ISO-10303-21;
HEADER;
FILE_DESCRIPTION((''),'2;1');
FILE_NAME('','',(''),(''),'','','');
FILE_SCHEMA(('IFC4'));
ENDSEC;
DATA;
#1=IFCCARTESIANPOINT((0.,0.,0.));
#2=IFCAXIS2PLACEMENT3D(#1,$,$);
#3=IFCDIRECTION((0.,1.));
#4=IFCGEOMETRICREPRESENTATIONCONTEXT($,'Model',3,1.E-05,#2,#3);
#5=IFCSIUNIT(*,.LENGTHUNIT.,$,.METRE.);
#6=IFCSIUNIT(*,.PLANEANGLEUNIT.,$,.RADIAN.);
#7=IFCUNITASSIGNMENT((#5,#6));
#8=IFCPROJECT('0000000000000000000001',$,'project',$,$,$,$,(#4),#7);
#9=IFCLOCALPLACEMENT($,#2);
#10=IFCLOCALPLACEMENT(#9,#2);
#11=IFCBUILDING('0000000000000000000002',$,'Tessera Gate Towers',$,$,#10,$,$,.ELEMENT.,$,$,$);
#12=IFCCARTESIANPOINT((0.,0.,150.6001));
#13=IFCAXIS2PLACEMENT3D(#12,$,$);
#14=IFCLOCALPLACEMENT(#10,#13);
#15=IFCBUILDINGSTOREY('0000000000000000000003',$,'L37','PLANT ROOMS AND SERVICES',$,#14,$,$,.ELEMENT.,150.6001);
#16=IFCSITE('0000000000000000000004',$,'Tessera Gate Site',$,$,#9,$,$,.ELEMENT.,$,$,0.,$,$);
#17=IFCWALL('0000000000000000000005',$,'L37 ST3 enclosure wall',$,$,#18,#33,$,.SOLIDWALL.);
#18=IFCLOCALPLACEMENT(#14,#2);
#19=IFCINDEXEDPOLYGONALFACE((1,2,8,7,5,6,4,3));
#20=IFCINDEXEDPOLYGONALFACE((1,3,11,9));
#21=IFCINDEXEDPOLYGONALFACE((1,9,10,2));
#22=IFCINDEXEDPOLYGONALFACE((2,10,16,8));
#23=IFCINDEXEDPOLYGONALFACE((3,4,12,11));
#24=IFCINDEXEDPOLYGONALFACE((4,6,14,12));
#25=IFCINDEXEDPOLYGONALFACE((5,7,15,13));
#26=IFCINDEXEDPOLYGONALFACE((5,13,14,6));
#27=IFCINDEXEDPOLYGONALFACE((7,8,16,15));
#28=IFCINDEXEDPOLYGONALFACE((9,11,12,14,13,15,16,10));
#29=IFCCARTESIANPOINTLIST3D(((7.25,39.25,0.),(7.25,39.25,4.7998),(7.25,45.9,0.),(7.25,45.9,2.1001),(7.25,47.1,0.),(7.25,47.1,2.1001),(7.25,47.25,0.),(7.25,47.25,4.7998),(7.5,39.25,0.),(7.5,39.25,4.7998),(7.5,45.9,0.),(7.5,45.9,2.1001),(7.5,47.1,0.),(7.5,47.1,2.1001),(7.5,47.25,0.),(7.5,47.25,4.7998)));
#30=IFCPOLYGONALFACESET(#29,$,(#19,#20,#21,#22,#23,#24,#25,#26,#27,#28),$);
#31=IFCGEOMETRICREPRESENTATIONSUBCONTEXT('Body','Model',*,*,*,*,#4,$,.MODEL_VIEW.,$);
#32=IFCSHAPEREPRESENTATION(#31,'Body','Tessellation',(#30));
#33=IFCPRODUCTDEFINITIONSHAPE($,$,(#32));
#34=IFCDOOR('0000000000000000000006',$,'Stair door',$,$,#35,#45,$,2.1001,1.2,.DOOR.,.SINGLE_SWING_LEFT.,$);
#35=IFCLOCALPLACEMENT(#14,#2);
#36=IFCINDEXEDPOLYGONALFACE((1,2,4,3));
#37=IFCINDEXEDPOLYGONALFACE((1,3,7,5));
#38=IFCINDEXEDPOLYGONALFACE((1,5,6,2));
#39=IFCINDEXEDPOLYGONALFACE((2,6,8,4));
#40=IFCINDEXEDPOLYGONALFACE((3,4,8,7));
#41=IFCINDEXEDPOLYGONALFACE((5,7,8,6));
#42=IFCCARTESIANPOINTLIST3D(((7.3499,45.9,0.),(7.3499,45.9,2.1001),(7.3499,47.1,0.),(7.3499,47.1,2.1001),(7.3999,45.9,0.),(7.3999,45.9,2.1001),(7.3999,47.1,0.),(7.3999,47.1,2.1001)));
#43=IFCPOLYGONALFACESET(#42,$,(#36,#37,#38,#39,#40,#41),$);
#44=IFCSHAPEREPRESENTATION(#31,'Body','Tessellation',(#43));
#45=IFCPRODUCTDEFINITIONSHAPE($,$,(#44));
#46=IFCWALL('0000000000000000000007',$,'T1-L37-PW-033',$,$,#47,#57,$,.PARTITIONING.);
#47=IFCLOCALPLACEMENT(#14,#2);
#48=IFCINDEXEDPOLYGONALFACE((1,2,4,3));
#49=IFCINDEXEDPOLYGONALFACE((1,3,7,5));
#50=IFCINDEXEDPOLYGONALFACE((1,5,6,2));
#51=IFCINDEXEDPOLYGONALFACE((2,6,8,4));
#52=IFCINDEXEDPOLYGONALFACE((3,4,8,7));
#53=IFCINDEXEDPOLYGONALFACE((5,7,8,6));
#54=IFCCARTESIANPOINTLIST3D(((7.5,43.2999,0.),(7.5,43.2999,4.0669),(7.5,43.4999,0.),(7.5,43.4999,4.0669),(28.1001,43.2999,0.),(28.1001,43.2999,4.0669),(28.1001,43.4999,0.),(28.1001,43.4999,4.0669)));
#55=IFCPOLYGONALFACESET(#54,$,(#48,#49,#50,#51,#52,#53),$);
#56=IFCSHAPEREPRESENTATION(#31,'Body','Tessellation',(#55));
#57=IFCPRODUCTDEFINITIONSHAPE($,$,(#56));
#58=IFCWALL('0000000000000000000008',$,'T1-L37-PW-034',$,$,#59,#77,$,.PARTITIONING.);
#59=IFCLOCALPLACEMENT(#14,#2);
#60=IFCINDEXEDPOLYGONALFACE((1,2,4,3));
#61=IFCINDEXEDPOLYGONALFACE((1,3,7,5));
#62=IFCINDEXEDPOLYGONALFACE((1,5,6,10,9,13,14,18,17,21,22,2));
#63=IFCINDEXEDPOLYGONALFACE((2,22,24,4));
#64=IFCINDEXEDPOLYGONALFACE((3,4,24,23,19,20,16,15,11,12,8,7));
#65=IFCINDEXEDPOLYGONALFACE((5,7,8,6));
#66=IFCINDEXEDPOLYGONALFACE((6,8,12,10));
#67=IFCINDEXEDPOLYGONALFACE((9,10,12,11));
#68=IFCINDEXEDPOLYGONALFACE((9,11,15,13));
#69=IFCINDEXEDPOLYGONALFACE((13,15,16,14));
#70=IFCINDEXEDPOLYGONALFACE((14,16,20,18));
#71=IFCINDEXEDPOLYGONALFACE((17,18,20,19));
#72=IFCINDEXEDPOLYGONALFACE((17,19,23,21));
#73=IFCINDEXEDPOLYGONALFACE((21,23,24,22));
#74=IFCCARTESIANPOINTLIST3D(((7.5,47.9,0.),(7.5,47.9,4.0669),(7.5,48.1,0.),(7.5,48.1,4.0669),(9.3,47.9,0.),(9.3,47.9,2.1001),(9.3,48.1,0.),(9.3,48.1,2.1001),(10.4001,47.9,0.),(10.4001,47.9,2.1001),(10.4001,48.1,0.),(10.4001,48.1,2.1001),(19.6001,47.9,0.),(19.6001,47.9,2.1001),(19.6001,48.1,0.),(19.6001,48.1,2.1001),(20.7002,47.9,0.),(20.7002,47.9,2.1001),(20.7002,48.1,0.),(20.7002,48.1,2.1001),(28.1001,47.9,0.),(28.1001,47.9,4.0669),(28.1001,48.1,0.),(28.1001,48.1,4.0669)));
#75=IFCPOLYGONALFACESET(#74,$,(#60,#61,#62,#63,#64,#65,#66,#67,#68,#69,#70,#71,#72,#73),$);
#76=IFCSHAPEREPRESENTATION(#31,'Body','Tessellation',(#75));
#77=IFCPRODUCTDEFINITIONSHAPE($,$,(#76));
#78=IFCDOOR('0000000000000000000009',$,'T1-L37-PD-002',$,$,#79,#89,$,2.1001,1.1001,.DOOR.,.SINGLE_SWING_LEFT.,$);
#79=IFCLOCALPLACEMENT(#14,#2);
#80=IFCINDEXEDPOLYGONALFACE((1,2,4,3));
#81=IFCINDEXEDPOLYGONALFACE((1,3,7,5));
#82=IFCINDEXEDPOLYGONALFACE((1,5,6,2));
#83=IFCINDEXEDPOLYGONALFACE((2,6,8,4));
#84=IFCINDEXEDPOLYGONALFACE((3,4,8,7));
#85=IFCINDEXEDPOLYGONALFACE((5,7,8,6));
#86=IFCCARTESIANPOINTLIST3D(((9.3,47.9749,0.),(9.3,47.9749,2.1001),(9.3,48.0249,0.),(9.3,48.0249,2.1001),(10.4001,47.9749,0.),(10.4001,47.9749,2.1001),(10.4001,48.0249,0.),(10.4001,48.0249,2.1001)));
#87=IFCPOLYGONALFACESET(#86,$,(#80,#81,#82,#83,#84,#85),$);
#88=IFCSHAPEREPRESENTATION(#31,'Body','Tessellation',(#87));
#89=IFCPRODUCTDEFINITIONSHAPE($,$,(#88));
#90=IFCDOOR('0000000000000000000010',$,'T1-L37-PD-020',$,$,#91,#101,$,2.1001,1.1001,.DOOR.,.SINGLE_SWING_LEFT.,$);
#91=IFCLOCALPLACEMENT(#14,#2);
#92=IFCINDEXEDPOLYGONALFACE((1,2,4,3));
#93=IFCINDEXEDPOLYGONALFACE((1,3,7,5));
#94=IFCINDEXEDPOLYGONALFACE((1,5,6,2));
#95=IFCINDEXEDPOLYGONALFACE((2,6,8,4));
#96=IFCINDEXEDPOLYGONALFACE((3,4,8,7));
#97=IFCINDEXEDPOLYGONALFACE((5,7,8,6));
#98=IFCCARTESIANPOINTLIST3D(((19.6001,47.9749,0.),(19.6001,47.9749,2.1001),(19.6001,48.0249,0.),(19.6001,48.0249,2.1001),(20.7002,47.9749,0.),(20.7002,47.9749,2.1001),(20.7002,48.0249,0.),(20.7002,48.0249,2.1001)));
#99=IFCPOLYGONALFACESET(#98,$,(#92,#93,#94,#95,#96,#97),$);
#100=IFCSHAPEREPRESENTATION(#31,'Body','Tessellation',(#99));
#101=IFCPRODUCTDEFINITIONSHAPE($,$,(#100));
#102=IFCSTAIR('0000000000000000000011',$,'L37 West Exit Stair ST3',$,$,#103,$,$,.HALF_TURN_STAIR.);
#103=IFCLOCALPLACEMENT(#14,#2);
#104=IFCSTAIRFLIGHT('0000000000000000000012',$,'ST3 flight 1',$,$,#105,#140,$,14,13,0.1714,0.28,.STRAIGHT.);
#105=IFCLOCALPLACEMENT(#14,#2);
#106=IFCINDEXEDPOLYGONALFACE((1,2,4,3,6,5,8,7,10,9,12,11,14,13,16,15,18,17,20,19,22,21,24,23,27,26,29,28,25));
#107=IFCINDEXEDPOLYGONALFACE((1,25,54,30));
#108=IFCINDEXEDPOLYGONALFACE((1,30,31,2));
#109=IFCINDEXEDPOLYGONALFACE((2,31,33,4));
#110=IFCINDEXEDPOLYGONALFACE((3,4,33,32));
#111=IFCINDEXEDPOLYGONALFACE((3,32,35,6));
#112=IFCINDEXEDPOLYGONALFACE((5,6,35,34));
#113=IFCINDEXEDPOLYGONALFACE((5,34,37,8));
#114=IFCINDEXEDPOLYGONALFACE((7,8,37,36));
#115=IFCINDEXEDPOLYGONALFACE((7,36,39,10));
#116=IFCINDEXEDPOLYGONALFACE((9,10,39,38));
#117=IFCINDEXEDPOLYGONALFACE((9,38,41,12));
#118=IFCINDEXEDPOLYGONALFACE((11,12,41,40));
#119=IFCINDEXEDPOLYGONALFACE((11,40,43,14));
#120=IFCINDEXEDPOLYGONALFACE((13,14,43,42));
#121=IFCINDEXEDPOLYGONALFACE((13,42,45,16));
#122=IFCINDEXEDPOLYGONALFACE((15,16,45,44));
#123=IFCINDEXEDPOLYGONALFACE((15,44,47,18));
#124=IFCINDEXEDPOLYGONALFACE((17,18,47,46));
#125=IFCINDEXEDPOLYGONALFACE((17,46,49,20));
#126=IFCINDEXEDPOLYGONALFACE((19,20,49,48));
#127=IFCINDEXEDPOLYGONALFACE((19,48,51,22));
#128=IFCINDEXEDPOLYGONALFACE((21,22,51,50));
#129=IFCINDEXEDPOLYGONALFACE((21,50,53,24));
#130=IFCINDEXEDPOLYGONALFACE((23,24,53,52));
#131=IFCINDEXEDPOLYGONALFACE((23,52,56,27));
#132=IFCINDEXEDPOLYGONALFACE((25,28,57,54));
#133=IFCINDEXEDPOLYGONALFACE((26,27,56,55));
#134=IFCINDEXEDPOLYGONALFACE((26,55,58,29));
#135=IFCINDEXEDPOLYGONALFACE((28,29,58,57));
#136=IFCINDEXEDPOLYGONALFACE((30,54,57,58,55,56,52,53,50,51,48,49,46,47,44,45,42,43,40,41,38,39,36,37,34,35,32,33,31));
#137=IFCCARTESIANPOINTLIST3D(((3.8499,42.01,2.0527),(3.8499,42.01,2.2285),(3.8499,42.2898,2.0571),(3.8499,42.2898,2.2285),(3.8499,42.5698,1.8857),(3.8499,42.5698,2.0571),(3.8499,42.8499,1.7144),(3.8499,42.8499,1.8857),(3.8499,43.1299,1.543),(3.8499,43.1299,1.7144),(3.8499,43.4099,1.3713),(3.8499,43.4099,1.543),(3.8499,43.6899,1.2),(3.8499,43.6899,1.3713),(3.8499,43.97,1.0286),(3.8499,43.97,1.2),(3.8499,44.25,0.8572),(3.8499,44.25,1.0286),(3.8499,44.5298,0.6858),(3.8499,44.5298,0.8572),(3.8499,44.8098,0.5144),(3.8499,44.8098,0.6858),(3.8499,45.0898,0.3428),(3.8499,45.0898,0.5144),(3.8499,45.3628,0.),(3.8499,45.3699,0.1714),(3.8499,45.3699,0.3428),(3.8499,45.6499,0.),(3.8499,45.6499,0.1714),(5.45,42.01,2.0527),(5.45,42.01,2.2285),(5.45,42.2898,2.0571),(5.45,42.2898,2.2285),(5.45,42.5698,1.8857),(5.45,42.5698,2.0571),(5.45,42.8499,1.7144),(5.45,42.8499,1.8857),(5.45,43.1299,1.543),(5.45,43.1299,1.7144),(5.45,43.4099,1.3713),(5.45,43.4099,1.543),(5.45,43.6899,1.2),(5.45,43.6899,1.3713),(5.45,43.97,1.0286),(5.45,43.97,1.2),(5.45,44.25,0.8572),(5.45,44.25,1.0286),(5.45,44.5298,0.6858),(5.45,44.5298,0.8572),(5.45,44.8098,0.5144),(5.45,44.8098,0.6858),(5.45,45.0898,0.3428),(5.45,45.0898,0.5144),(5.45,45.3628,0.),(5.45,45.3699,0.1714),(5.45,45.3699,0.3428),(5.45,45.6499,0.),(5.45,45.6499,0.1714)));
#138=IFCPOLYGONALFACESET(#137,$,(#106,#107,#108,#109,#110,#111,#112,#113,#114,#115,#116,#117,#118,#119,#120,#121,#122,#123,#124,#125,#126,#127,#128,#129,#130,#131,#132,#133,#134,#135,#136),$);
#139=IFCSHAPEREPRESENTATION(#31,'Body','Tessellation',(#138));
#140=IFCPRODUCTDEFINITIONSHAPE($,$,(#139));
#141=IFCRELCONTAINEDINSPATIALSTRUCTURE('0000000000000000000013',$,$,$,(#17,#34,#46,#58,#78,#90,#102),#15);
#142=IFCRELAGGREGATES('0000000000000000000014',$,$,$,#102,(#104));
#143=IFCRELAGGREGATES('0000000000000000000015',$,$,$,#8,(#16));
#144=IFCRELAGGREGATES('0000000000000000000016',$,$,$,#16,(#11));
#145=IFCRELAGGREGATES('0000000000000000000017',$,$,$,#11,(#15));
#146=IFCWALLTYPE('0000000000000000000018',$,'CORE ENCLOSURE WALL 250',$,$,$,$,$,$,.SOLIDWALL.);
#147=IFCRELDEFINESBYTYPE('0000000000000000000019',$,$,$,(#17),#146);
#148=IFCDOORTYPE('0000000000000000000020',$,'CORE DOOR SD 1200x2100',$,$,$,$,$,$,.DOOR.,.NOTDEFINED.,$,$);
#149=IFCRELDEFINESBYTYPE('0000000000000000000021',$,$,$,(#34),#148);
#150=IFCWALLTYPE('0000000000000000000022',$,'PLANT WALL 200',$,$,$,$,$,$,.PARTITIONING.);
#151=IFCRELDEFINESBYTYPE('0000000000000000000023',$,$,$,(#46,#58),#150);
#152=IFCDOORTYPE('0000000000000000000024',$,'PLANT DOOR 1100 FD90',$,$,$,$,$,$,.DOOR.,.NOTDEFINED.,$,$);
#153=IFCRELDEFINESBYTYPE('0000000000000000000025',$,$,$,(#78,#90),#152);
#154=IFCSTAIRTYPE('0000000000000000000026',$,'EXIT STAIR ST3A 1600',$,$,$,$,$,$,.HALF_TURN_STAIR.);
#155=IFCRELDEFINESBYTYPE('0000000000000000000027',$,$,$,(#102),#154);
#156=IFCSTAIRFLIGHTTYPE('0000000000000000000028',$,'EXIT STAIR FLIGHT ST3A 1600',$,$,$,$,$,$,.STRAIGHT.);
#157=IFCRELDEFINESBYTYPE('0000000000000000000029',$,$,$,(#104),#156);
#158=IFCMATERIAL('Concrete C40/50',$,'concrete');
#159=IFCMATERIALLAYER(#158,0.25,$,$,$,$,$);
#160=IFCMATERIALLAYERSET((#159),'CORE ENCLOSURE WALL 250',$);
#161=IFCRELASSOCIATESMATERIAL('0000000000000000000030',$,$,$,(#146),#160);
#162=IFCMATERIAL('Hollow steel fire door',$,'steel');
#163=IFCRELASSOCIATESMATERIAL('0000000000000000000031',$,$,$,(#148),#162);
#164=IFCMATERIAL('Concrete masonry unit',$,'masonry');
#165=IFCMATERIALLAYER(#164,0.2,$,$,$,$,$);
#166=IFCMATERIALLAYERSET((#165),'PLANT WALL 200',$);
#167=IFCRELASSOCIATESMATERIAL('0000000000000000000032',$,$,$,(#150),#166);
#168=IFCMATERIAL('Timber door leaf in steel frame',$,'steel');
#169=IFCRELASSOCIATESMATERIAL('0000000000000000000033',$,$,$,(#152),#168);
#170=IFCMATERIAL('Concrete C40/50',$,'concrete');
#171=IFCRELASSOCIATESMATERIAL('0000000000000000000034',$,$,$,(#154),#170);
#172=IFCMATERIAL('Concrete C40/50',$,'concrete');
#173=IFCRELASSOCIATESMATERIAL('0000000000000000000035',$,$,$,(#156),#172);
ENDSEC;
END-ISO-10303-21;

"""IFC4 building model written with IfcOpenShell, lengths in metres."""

from ifc_helpers import new_model, si_unit, direction, frame, frame_2d, origin, place, context, subcontext, project, spatial, polyline, rectangle, outline, extrude, source, transform, mapped, material, layer, layer_set, type_object, element, fill, aggregate, save


model = new_model("IFC4")

# Units and contexts
model_context = context("Model", 3, precision=1e-05, world=origin(), true_north=direction((0.0, 1.0)))
body_context = subcontext(model_context, "Body", "Model", "MODEL_VIEW")
ifc_project = project(units=[si_unit("LENGTHUNIT", "METRE"), si_unit("PLANEANGLEUNIT", "RADIAN")], contexts=[model_context])

# Site, building, storey
site_placement = place(None, origin())
site = spatial("IfcSite", under=ifc_project, at=site_placement, Name="Tessera Gate Site", CompositionType="ELEMENT", RefElevation=0.0)
building_placement = place(site_placement, origin())
building = spatial("IfcBuilding", under=site, at=building_placement, Name="Tessera Gate Towers", CompositionType="ELEMENT")
storey_placement = place(building_placement, frame((0.0, 0.0, 150.6001)))
storey = spatial("IfcBuildingStorey", under=building, at=storey_placement, Name="L37", Description="PLANT ROOMS AND SERVICES", CompositionType="ELEMENT", Elevation=150.6001)

# Shared definitions
ifc_material_1 = material(Name="Concrete C40/50", Category="concrete")
ifc_layer_1 = layer(ifc_material_1, 0.25)
ifc_layer_set_1 = layer_set([ifc_layer_1], Name="CORE ENCLOSURE WALL 250")
wall_type_1 = type_object("IfcWallType", Name="CORE ENCLOSURE WALL 250", PredefinedType="SOLIDWALL", material=ifc_layer_set_1)

# Wall, opening, door
wall_1_placement = place(storey_placement, frame((7.375, 47.25, 0.0), z_axis=(0.0, 0.0, 1.0), x_axis=(0.0, -1.0, 0.0)))
wall_1 = element("IfcWall", 1, at=wall_1_placement, inside=storey, type_object=wall_type_1, Name="L37 ST3 enclosure wall", PredefinedType="SOLIDWALL", context=body_context, shape_type="SweptSolid", body=[
    extrude(rectangle(XDim=8.0, YDim=0.25, at=frame_2d((4.0, 0.0))), origin(), (0.0, 0.0, 1.0), 4.7998),
])
shared_shape_1 = source(origin(), body_context, "Body", "SweptSolid", [
    extrude(rectangle(XDim=1.2, YDim=2.1001, at=frame_2d((0.6001, 1.05))), frame((0.0, 0.135, 0.0), z_axis=(0.0, -1.0, 0.0), x_axis=(1.0, 0.0, 0.0)), (0.0, 0.0, 1.0), 0.27),
])
opening_1_placement = place(wall_1_placement, frame((0.1499, 0.0, 0.0)))
opening_1 = element("IfcOpeningElement", 2, at=opening_1_placement, cuts=wall_1, PredefinedType="OPENING", context=body_context, shape_type="MappedRepresentation", body=[
    mapped(shared_shape_1, transform((0.0, 0.0, 0.0), scale=1.0)),
])
ifc_material_2 = material(Name="Hollow steel fire door", Category="steel")
door_type_1 = type_object("IfcDoorType", Name="CORE DOOR SD 1200x2100", OperationType="NOTDEFINED", PredefinedType="DOOR", material=ifc_material_2)
shared_shape_2 = source(origin(), body_context, "Body", "SweptSolid", [
    extrude(rectangle(XDim=1.2, YDim=2.1001, at=frame_2d((0.6001, 1.05))), frame((0.0, 0.0249, 0.0), z_axis=(0.0, -1.0, 0.0), x_axis=(1.0, 0.0, 0.0)), (0.0, 0.0, 1.0), 0.05),
])
door_1_placement = place(opening_1_placement, origin())
door_1 = element("IfcDoor", 3, at=door_1_placement, inside=storey, type_object=door_type_1, Name="Stair door", OperationType="SINGLE_SWING_LEFT", OverallHeight=2.1001, OverallWidth=1.2, PredefinedType="DOOR", context=body_context, shape_type="MappedRepresentation", body=[
    mapped(shared_shape_2, transform((0.0, 0.0, 0.0), scale=1.0)),
])
fill(opening_1, door_1)

# Wall
ifc_material_3 = material(Name="Concrete masonry unit", Category="masonry")
ifc_layer_2 = layer(ifc_material_3, 0.2)
ifc_layer_set_2 = layer_set([ifc_layer_2], Name="PLANT WALL 200")
wall_type_2 = type_object("IfcWallType", Name="PLANT WALL 200", PredefinedType="PARTITIONING", material=ifc_layer_set_2)
wall_2_placement = place(storey_placement, frame((7.5, 43.3999, 0.0), z_axis=(0.0, 0.0, 1.0), x_axis=(1.0, 0.0, 0.0)))
element("IfcWall", 4, at=wall_2_placement, inside=storey, type_object=wall_type_2, Name="T1-L37-PW-033", PredefinedType="PARTITIONING", context=body_context, shape_type="SweptSolid", body=[
    extrude(rectangle(XDim=20.6001, YDim=0.2, at=frame_2d((10.3, 0.0))), origin(), (0.0, 0.0, 1.0), 4.0669),
])

# Wall, openings, doors
wall_3_placement = place(storey_placement, frame((7.5, 48.0, 0.0), z_axis=(0.0, 0.0, 1.0), x_axis=(1.0, 0.0, 0.0)))
wall_3 = element("IfcWall", 5, at=wall_3_placement, inside=storey, type_object=wall_type_2, Name="T1-L37-PW-034", PredefinedType="PARTITIONING", context=body_context, shape_type="SweptSolid", body=[
    extrude(rectangle(XDim=20.6001, YDim=0.2, at=frame_2d((10.3, 0.0))), origin(), (0.0, 0.0, 1.0), 4.0669),
])
shared_shape_3 = source(origin(), body_context, "Body", "SweptSolid", [
    extrude(rectangle(XDim=1.1001, YDim=2.1001, at=frame_2d((0.55, 1.05))), frame((0.0, 0.1099, 0.0), z_axis=(0.0, -1.0, 0.0), x_axis=(1.0, 0.0, 0.0)), (0.0, 0.0, 1.0), 0.22),
])
opening_2_placement = place(wall_3_placement, frame((1.8, 0.0, 0.0)))
opening_2 = element("IfcOpeningElement", 6, at=opening_2_placement, cuts=wall_3, PredefinedType="OPENING", context=body_context, shape_type="MappedRepresentation", body=[
    mapped(shared_shape_3, transform((0.0, 0.0, 0.0), scale=1.0)),
])
opening_3_placement = place(wall_3_placement, frame((12.1001, 0.0, 0.0)))
opening_3 = element("IfcOpeningElement", 7, at=opening_3_placement, cuts=wall_3, PredefinedType="OPENING", context=body_context, shape_type="MappedRepresentation", body=[
    mapped(shared_shape_3, transform((0.0, 0.0, 0.0), scale=1.0)),
])
ifc_material_4 = material(Name="Timber door leaf in steel frame", Category="steel")
door_type_2 = type_object("IfcDoorType", Name="PLANT DOOR 1100 FD90", OperationType="NOTDEFINED", PredefinedType="DOOR", material=ifc_material_4)
shared_shape_4 = source(origin(), body_context, "Body", "SweptSolid", [
    extrude(rectangle(XDim=1.1001, YDim=2.1001, at=frame_2d((0.55, 1.05))), frame((0.0, 0.0249, 0.0), z_axis=(0.0, -1.0, 0.0), x_axis=(1.0, 0.0, 0.0)), (0.0, 0.0, 1.0), 0.05),
])
door_2_placement = place(opening_2_placement, origin())
door_2 = element("IfcDoor", 8, at=door_2_placement, inside=storey, type_object=door_type_2, Name="T1-L37-PD-002", OperationType="SINGLE_SWING_LEFT", OverallHeight=2.1001, OverallWidth=1.1001, PredefinedType="DOOR", context=body_context, shape_type="MappedRepresentation", body=[
    mapped(shared_shape_4, transform((0.0, 0.0, 0.0), scale=1.0)),
])
fill(opening_2, door_2)
door_3_placement = place(opening_3_placement, origin())
door_3 = element("IfcDoor", 9, at=door_3_placement, inside=storey, type_object=door_type_2, Name="T1-L37-PD-020", OperationType="SINGLE_SWING_LEFT", OverallHeight=2.1001, OverallWidth=1.1001, PredefinedType="DOOR", context=body_context, shape_type="MappedRepresentation", body=[
    mapped(shared_shape_4, transform((0.0, 0.0, 0.0), scale=1.0)),
])
fill(opening_3, door_3)

# Stair, stair flight
ifc_material_5 = material(Name="Concrete C40/50", Category="concrete")
stair_type = type_object("IfcStairType", Name="EXIT STAIR ST3A 1600", PredefinedType="HALF_TURN_STAIR", material=ifc_material_5)
stair_placement = place(storey_placement, origin())
stair = element("IfcStair", 10, at=stair_placement, inside=storey, type_object=stair_type, Name="L37 West Exit Stair ST3", PredefinedType="HALF_TURN_STAIR")
ifc_material_6 = material(Name="Concrete C40/50", Category="concrete")
stair_flight_type = type_object("IfcStairFlightType", Name="EXIT STAIR FLIGHT ST3A 1600", PredefinedType="STRAIGHT", material=ifc_material_6)
stair_flight_1_placement = place(storey_placement, frame((4.6499, 45.6499, 0.0), z_axis=(0.0, 0.0, 1.0), x_axis=(0.0, -1.0, 0.0)))
stair_flight_1 = element("IfcStairFlight", 11, at=stair_flight_1_placement, type_object=stair_flight_type, Name="ST3 flight 1", NumberOfRisers=14, NumberOfTreads=13, PredefinedType="STRAIGHT", RiserHeight=0.1714, TreadLength=0.28, context=body_context, shape_type="SweptSolid", body=[
    extrude(outline(polyline([(0.0, 0.0), (0.0, 0.1714), (0.28, 0.1714), (0.28, 0.3428), (0.5601, 0.3428), (0.5601, 0.5144), (0.8401, 0.5144), (0.8401, 0.6858), (1.1201, 0.6858), (1.1201, 0.8572), (1.3999, 0.8572), (1.3999, 1.0286), (1.6799, 1.0286), (1.6799, 1.2), (1.96, 1.2), (1.96, 1.3713), (2.24, 1.3713), (2.24, 1.543), (2.52, 1.543), (2.52, 1.7144), (2.8, 1.7144), (2.8, 1.8857), (3.0801, 1.8857), (3.0801, 2.0571), (3.3601, 2.0571), (3.3601, 2.2285), (3.6399, 2.2285), (3.6399, 2.3999), (3.6399, 2.0527), (0.2871, 0.0), (0.0, 0.0)])), frame((0.0, 0.8, 0.0), z_axis=(0.0, -1.0, 0.0), x_axis=(1.0, 0.0, 0.0)), (0.0, 0.0, 1.0), 1.6001),
])
aggregate(stair, [stair_flight_1])

save(model, "model.ifc")
